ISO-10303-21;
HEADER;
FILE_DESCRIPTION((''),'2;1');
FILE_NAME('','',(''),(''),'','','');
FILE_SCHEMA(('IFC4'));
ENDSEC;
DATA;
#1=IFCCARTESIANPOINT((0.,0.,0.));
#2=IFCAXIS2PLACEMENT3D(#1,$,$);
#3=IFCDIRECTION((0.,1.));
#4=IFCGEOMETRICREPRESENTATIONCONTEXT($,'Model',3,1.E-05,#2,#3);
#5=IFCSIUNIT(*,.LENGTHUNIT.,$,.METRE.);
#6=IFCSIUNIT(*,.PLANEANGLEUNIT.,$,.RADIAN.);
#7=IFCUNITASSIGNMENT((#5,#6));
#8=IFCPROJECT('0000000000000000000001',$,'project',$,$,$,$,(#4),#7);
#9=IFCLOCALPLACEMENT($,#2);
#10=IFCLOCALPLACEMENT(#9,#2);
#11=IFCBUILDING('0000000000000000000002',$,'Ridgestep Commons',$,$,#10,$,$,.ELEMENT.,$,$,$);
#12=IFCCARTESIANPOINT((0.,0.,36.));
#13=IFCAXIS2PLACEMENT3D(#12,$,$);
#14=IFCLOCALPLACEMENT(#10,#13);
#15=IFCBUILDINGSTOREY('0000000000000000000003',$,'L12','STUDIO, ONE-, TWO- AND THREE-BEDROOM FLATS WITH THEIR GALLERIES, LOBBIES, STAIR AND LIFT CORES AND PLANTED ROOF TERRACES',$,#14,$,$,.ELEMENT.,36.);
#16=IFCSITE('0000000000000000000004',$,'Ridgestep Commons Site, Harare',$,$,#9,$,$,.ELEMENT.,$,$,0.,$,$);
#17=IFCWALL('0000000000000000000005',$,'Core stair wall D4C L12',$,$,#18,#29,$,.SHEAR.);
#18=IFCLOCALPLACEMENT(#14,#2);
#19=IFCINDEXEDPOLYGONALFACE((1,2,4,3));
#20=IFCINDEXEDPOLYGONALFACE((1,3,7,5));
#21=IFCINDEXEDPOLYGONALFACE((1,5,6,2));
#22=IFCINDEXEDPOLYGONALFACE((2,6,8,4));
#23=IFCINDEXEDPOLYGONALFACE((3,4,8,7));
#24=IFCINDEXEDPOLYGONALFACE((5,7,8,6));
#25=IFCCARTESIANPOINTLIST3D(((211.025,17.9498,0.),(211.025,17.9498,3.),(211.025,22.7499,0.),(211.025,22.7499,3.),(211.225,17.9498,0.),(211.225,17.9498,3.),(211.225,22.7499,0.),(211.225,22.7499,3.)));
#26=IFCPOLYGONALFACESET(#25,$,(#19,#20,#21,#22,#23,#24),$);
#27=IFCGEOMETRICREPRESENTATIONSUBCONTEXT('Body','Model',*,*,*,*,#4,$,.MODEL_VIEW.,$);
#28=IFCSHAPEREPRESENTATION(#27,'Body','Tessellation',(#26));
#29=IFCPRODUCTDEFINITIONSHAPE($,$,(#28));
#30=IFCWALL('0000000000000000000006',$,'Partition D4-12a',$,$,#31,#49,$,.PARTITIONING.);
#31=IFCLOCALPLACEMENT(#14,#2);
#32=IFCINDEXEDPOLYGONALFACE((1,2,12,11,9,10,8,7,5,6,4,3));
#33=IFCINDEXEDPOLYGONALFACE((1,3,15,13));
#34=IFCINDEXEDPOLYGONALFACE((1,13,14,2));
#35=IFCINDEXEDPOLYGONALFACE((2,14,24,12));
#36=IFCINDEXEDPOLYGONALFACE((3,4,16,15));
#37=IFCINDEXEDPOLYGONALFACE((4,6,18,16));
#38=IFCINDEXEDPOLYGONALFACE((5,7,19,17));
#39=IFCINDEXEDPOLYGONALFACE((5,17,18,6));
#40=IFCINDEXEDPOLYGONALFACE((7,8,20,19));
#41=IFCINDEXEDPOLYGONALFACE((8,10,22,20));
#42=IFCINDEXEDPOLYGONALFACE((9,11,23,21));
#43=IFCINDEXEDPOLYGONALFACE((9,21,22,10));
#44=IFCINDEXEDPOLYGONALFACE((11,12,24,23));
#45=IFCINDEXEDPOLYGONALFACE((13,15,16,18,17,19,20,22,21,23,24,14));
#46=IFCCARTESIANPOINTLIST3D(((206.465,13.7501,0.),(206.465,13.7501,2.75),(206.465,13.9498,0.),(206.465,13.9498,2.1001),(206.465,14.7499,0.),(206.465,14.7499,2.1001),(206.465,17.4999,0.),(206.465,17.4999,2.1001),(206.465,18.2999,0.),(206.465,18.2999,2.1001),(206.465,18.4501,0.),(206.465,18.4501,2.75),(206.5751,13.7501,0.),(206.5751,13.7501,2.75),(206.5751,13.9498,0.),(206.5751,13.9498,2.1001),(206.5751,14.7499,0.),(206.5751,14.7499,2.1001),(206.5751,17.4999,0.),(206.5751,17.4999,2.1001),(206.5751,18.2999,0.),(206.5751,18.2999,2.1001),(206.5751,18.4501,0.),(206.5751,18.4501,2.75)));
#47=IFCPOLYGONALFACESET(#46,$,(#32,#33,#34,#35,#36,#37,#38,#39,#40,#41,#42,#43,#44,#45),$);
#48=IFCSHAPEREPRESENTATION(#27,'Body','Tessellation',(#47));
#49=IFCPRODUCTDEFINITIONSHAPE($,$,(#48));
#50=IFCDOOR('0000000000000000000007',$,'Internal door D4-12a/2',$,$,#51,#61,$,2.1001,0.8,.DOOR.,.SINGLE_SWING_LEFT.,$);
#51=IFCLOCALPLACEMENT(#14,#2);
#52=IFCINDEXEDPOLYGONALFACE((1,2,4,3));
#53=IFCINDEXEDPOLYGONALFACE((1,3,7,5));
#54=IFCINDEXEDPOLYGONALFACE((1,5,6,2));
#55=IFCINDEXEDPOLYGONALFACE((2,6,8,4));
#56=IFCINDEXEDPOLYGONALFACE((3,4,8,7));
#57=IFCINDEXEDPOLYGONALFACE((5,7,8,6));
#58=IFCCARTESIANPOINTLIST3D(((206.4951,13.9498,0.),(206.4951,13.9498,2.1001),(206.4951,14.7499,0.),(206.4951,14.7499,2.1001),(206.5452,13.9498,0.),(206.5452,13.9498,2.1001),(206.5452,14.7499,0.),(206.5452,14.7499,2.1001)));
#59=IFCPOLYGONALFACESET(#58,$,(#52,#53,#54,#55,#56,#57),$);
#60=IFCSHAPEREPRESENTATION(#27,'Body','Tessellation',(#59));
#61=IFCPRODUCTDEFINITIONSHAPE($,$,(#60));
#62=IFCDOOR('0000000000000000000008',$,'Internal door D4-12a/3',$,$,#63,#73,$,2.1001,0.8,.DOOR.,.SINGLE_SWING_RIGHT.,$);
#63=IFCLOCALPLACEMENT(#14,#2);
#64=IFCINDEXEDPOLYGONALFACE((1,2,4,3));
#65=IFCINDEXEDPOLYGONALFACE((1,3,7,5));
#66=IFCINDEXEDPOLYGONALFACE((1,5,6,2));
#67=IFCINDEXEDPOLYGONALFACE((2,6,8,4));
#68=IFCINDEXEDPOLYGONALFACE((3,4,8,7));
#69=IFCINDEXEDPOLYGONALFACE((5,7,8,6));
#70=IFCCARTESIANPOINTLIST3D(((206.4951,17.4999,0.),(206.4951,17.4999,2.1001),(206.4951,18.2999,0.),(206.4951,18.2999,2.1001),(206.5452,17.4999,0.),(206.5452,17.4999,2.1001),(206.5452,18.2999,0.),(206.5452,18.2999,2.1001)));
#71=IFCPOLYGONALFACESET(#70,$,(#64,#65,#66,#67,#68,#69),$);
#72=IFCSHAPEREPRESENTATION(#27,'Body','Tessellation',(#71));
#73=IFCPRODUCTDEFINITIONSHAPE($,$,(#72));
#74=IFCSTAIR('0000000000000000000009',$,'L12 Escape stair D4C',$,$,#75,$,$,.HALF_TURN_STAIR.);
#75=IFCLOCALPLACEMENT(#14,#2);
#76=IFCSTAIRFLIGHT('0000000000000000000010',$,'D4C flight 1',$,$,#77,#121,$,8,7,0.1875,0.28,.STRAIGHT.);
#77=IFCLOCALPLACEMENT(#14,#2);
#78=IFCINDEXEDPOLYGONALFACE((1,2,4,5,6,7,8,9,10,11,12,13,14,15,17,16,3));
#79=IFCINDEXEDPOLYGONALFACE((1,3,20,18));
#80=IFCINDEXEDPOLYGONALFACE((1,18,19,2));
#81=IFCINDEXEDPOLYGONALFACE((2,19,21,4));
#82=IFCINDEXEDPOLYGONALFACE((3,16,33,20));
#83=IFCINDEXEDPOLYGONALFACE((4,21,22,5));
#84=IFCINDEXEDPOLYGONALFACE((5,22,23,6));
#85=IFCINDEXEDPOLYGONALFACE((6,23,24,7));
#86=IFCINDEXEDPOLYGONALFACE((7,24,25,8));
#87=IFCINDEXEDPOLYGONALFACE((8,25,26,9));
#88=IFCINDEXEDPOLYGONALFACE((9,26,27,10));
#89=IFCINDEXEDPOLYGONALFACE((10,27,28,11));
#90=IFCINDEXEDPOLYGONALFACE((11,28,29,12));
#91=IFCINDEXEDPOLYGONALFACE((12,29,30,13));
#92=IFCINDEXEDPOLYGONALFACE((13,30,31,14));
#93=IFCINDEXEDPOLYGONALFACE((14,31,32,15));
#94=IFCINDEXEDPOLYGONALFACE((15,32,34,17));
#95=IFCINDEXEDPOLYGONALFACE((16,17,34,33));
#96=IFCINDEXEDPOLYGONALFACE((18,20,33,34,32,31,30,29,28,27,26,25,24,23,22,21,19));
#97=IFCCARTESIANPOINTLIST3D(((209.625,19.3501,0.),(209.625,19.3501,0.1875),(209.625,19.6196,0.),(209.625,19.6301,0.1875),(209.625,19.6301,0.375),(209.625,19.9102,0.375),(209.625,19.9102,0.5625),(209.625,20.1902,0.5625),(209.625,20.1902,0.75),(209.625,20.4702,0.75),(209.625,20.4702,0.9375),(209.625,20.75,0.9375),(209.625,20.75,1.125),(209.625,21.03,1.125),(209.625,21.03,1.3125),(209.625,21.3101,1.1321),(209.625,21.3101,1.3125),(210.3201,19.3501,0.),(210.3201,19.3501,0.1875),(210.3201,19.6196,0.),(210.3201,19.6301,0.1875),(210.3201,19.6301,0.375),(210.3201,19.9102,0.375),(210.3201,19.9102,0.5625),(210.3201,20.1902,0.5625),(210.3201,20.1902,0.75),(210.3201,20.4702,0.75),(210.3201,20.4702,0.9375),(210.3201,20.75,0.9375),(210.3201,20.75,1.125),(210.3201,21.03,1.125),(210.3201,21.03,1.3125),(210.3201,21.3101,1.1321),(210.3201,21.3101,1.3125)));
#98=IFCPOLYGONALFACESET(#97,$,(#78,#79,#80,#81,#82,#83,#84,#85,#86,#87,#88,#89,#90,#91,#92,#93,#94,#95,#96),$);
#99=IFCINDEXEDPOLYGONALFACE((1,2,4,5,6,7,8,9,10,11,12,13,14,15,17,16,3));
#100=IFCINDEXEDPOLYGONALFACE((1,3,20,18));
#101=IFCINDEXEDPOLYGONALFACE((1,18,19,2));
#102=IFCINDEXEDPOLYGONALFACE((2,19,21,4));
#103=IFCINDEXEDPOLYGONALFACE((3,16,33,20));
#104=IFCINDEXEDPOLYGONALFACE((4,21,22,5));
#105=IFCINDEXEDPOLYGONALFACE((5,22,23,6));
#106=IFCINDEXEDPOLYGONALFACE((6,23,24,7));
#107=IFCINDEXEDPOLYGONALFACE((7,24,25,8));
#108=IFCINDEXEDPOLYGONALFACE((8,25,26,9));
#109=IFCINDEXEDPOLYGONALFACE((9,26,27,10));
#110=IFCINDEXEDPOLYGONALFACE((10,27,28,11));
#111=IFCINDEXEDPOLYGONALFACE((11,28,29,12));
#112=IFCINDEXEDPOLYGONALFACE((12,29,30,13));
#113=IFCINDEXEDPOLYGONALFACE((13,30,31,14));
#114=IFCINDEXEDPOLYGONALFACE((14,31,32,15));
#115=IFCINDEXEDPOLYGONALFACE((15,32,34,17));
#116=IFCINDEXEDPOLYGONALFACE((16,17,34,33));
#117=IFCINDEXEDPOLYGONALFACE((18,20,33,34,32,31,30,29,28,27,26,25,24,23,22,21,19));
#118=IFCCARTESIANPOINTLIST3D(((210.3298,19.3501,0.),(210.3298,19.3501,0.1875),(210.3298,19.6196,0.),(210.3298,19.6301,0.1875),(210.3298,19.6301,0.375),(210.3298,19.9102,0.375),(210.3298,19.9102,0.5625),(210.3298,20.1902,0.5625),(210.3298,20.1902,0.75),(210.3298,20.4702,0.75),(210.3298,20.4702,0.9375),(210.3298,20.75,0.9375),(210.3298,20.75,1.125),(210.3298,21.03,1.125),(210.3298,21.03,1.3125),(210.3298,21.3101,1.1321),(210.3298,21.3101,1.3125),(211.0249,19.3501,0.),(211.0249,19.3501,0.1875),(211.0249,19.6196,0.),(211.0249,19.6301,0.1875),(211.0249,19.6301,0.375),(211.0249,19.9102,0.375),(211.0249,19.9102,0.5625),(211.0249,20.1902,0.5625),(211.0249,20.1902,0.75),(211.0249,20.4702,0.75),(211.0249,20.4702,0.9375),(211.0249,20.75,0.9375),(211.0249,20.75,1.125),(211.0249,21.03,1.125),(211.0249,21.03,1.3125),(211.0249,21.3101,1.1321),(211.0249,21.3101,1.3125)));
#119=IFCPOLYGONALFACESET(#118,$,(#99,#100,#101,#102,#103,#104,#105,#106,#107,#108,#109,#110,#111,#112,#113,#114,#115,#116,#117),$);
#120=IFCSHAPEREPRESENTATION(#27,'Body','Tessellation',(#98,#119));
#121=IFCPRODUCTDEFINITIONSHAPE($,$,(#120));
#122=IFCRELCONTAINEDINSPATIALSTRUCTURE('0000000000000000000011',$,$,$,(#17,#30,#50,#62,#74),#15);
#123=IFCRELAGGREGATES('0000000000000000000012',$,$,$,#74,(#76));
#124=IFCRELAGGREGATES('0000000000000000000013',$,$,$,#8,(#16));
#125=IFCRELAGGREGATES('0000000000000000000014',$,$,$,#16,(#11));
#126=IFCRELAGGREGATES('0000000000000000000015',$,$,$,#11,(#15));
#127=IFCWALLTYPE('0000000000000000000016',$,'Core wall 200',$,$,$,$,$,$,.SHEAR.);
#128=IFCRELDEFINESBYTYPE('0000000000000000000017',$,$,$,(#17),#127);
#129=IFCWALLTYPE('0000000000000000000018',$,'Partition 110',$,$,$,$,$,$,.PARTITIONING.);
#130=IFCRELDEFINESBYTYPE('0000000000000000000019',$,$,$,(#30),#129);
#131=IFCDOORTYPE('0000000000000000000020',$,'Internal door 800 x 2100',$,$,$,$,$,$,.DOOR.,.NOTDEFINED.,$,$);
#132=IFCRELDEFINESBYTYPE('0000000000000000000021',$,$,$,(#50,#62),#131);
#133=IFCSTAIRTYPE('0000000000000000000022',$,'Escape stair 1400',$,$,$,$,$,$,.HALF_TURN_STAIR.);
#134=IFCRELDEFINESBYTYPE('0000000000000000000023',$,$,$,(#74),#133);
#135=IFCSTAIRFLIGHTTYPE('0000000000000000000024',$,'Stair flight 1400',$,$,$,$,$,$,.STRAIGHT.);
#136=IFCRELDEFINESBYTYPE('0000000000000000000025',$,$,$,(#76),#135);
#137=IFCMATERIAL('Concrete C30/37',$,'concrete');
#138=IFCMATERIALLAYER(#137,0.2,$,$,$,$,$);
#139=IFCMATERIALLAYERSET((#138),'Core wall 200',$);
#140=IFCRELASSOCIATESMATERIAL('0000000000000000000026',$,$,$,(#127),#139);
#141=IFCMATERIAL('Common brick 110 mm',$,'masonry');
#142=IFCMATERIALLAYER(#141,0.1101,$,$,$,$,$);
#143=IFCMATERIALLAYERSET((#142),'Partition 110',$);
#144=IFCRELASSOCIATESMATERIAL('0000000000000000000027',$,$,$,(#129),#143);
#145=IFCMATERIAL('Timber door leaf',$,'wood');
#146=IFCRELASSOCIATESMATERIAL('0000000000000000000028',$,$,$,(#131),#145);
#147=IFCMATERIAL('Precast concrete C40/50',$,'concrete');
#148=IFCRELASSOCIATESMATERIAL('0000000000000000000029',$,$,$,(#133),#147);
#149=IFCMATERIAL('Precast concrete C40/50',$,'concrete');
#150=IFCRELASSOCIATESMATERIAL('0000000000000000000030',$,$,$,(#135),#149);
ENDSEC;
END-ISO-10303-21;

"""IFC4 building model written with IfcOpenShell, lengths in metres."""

from ifc_helpers import new_model, si_unit, direction, frame, frame_2d, origin, place, context, subcontext, project, spatial, polyline, rectangle, outline, extrude, material, layer, layer_set, type_object, element, fill, aggregate, save


model = new_model("IFC4")

# Units and contexts
model_context = context("Model", 3, precision=1e-05, world=origin(), true_north=direction((0.0, 1.0)))
body_context = subcontext(model_context, "Body", "Model", "MODEL_VIEW")
ifc_project = project(units=[si_unit("LENGTHUNIT", "METRE"), si_unit("PLANEANGLEUNIT", "RADIAN")], contexts=[model_context])

# Site, building, storey
site_placement = place(None, origin())
site = spatial("IfcSite", under=ifc_project, at=site_placement, Name="Ridgestep Commons Site, Harare", CompositionType="ELEMENT", RefElevation=0.0)
building_placement = place(site_placement, origin())
building = spatial("IfcBuilding", under=site, at=building_placement, Name="Ridgestep Commons", CompositionType="ELEMENT")
storey_placement = place(building_placement, frame((0.0, 0.0, 36.0)))
storey = spatial("IfcBuildingStorey", under=building, at=storey_placement, Name="L12", Description="STUDIO, ONE-, TWO- AND THREE-BEDROOM FLATS WITH THEIR GALLERIES, LOBBIES, STAIR AND LIFT CORES AND PLANTED ROOF TERRACES", CompositionType="ELEMENT", Elevation=36.0)

# Shared definitions
ifc_material_1 = material(Name="Concrete C30/37", Category="concrete")
ifc_layer_1 = layer(ifc_material_1, 0.2)
ifc_layer_set_1 = layer_set([ifc_layer_1], Name="Core wall 200")
wall_type_1 = type_object("IfcWallType", Name="Core wall 200", PredefinedType="SHEAR", material=ifc_layer_set_1)

# Wall
wall_1_placement = place(storey_placement, frame((211.125, 17.95, 0.0), z_axis=(0.0, 0.0, 1.0), x_axis=(0.0, 1.0, 0.0)))
element("IfcWall", 1, at=wall_1_placement, inside=storey, type_object=wall_type_1, Name="Core stair wall D4C L12", PredefinedType="SHEAR", context=body_context, shape_type="SweptSolid", body=[
    extrude(rectangle(XDim=4.8, YDim=0.2, at=frame_2d((2.3999, 0.0))), origin(), (0.0, 0.0, 1.0), 3.0),
])

# Wall, openings, doors
ifc_material_2 = material(Name="Common brick 110 mm", Category="masonry")
ifc_layer_2 = layer(ifc_material_2, 0.1101)
ifc_layer_set_2 = layer_set([ifc_layer_2], Name="Partition 110")
wall_type_2 = type_object("IfcWallType", Name="Partition 110", PredefinedType="PARTITIONING", material=ifc_layer_set_2)
wall_2_placement = place(storey_placement, frame((206.52, 13.75, 0.0), z_axis=(0.0, 0.0, 1.0), x_axis=(0.0, 1.0, 0.0)))
wall_2 = element("IfcWall", 2, at=wall_2_placement, inside=storey, type_object=wall_type_2, Name="Partition D4-12a", PredefinedType="PARTITIONING", context=body_context, shape_type="SweptSolid", body=[
    extrude(rectangle(XDim=4.7, YDim=0.1101, at=frame_2d((2.3501, 0.0))), origin(), (0.0, 0.0, 1.0), 2.75),
])
opening_1_placement = place(wall_2_placement, frame((0.2, 0.0, 0.0)))
opening_1 = element("IfcOpeningElement", 3, at=opening_1_placement, cuts=wall_2, PredefinedType="OPENING", context=body_context, shape_type="SweptSolid", body=[
    extrude(rectangle(XDim=0.8, YDim=2.1001, at=frame_2d((0.3999, 1.05))), frame((0.0, 0.0649, 0.0), z_axis=(0.0, -1.0, 0.0), x_axis=(1.0, 0.0, 0.0)), (0.0, 0.0, 1.0), 0.1301),
])
opening_2_placement = place(wall_2_placement, frame((3.75, 0.0, 0.0)))
opening_2 = element("IfcOpeningElement", 4, at=opening_2_placement, cuts=wall_2, PredefinedType="OPENING", context=body_context, shape_type="SweptSolid", body=[
    extrude(rectangle(XDim=0.8, YDim=2.1001, at=frame_2d((0.3999, 1.05))), frame((0.0, 0.0649, 0.0), z_axis=(0.0, -1.0, 0.0), x_axis=(1.0, 0.0, 0.0)), (0.0, 0.0, 1.0), 0.1301),
])
ifc_material_3 = material(Name="Timber door leaf", Category="wood")
door_type_1 = type_object("IfcDoorType", Name="Internal door 800 x 2100", OperationType="NOTDEFINED", PredefinedType="DOOR", material=ifc_material_3)
door_1_placement = place(opening_1_placement, origin())
door_1 = element("IfcDoor", 5, at=door_1_placement, inside=storey, type_object=door_type_1, Name="Internal door D4-12a/2", OperationType="SINGLE_SWING_LEFT", OverallHeight=2.1001, OverallWidth=0.8, PredefinedType="DOOR", context=body_context, shape_type="SweptSolid", body=[
    extrude(rectangle(XDim=0.8, YDim=2.1001, at=frame_2d((0.3999, 1.05))), frame((0.0, 0.0249, 0.0), z_axis=(0.0, -1.0, 0.0), x_axis=(1.0, 0.0, 0.0)), (0.0, 0.0, 1.0), 0.05),
])
fill(opening_1, door_1)
door_2_placement = place(opening_2_placement, origin())
door_2 = element("IfcDoor", 6, at=door_2_placement, inside=storey, type_object=door_type_1, Name="Internal door D4-12a/3", OperationType="SINGLE_SWING_RIGHT", OverallHeight=2.1001, OverallWidth=0.8, PredefinedType="DOOR", context=body_context, shape_type="SweptSolid", body=[
    extrude(rectangle(XDim=0.8, YDim=2.1001, at=frame_2d((0.3999, 1.05))), frame((0.0, 0.0249, 0.0), z_axis=(0.0, -1.0, 0.0), x_axis=(1.0, 0.0, 0.0)), (0.0, 0.0, 1.0), 0.05),
])
fill(opening_2, door_2)

# Stair, stair flight
ifc_material_4 = material(Name="Precast concrete C40/50", Category="concrete")
stair_type = type_object("IfcStairType", Name="Escape stair 1400", PredefinedType="HALF_TURN_STAIR", material=ifc_material_4)
stair_placement = place(storey_placement, origin())
stair = element("IfcStair", 7, at=stair_placement, inside=storey, type_object=stair_type, Name="L12 Escape stair D4C", PredefinedType="HALF_TURN_STAIR")
ifc_material_5 = material(Name="Precast concrete C40/50", Category="concrete")
stair_flight_type = type_object("IfcStairFlightType", Name="Stair flight 1400", PredefinedType="STRAIGHT", material=ifc_material_5)
stair_flight_placement = place(storey_placement, frame((210.325, 19.3501, 0.0), z_axis=(0.0, 0.0, 1.0), x_axis=(0.0, 1.0, 0.0)))
stair_flight = element("IfcStairFlight", 8, at=stair_flight_placement, type_object=stair_flight_type, Name="D4C flight 1", NumberOfRisers=8, NumberOfTreads=7, PredefinedType="STRAIGHT", RiserHeight=0.1875, TreadLength=0.28, context=body_context, shape_type="SweptSolid", body=[
    extrude(outline(polyline([(0.0, 0.0), (0.0, 0.1875), (0.28, 0.1875), (0.28, 0.375), (0.5601, 0.375), (0.5601, 0.5625), (0.8401, 0.5625), (0.8401, 0.75), (1.1201, 0.75), (1.1201, 0.9375), (1.3999, 0.9375), (1.3999, 1.125), (1.6799, 1.125), (1.6799, 1.3125), (1.96, 1.3125), (1.96, 1.5), (1.96, 1.1321), (0.2695, 0.0), (0.0, 0.0)])), frame((0.0, 0.7, 0.0), z_axis=(0.0, -1.0, 0.0), x_axis=(1.0, 0.0, 0.0)), (0.0, 0.0, 1.0), 0.6951),
    extrude(outline(polyline([(0.0, 0.0), (0.0, 0.1875), (0.28, 0.1875), (0.28, 0.375), (0.5601, 0.375), (0.5601, 0.5625), (0.8401, 0.5625), (0.8401, 0.75), (1.1201, 0.75), (1.1201, 0.9375), (1.3999, 0.9375), (1.3999, 1.125), (1.6799, 1.125), (1.6799, 1.3125), (1.96, 1.3125), (1.96, 1.5), (1.96, 1.1321), (0.2695, 0.0), (0.0, 0.0)])), frame((0.0, -0.0049, 0.0), z_axis=(0.0, -1.0, 0.0), x_axis=(1.0, 0.0, 0.0)), (0.0, 0.0, 1.0), 0.6951),
])
aggregate(stair, [stair_flight])

save(model, "model.ifc")
